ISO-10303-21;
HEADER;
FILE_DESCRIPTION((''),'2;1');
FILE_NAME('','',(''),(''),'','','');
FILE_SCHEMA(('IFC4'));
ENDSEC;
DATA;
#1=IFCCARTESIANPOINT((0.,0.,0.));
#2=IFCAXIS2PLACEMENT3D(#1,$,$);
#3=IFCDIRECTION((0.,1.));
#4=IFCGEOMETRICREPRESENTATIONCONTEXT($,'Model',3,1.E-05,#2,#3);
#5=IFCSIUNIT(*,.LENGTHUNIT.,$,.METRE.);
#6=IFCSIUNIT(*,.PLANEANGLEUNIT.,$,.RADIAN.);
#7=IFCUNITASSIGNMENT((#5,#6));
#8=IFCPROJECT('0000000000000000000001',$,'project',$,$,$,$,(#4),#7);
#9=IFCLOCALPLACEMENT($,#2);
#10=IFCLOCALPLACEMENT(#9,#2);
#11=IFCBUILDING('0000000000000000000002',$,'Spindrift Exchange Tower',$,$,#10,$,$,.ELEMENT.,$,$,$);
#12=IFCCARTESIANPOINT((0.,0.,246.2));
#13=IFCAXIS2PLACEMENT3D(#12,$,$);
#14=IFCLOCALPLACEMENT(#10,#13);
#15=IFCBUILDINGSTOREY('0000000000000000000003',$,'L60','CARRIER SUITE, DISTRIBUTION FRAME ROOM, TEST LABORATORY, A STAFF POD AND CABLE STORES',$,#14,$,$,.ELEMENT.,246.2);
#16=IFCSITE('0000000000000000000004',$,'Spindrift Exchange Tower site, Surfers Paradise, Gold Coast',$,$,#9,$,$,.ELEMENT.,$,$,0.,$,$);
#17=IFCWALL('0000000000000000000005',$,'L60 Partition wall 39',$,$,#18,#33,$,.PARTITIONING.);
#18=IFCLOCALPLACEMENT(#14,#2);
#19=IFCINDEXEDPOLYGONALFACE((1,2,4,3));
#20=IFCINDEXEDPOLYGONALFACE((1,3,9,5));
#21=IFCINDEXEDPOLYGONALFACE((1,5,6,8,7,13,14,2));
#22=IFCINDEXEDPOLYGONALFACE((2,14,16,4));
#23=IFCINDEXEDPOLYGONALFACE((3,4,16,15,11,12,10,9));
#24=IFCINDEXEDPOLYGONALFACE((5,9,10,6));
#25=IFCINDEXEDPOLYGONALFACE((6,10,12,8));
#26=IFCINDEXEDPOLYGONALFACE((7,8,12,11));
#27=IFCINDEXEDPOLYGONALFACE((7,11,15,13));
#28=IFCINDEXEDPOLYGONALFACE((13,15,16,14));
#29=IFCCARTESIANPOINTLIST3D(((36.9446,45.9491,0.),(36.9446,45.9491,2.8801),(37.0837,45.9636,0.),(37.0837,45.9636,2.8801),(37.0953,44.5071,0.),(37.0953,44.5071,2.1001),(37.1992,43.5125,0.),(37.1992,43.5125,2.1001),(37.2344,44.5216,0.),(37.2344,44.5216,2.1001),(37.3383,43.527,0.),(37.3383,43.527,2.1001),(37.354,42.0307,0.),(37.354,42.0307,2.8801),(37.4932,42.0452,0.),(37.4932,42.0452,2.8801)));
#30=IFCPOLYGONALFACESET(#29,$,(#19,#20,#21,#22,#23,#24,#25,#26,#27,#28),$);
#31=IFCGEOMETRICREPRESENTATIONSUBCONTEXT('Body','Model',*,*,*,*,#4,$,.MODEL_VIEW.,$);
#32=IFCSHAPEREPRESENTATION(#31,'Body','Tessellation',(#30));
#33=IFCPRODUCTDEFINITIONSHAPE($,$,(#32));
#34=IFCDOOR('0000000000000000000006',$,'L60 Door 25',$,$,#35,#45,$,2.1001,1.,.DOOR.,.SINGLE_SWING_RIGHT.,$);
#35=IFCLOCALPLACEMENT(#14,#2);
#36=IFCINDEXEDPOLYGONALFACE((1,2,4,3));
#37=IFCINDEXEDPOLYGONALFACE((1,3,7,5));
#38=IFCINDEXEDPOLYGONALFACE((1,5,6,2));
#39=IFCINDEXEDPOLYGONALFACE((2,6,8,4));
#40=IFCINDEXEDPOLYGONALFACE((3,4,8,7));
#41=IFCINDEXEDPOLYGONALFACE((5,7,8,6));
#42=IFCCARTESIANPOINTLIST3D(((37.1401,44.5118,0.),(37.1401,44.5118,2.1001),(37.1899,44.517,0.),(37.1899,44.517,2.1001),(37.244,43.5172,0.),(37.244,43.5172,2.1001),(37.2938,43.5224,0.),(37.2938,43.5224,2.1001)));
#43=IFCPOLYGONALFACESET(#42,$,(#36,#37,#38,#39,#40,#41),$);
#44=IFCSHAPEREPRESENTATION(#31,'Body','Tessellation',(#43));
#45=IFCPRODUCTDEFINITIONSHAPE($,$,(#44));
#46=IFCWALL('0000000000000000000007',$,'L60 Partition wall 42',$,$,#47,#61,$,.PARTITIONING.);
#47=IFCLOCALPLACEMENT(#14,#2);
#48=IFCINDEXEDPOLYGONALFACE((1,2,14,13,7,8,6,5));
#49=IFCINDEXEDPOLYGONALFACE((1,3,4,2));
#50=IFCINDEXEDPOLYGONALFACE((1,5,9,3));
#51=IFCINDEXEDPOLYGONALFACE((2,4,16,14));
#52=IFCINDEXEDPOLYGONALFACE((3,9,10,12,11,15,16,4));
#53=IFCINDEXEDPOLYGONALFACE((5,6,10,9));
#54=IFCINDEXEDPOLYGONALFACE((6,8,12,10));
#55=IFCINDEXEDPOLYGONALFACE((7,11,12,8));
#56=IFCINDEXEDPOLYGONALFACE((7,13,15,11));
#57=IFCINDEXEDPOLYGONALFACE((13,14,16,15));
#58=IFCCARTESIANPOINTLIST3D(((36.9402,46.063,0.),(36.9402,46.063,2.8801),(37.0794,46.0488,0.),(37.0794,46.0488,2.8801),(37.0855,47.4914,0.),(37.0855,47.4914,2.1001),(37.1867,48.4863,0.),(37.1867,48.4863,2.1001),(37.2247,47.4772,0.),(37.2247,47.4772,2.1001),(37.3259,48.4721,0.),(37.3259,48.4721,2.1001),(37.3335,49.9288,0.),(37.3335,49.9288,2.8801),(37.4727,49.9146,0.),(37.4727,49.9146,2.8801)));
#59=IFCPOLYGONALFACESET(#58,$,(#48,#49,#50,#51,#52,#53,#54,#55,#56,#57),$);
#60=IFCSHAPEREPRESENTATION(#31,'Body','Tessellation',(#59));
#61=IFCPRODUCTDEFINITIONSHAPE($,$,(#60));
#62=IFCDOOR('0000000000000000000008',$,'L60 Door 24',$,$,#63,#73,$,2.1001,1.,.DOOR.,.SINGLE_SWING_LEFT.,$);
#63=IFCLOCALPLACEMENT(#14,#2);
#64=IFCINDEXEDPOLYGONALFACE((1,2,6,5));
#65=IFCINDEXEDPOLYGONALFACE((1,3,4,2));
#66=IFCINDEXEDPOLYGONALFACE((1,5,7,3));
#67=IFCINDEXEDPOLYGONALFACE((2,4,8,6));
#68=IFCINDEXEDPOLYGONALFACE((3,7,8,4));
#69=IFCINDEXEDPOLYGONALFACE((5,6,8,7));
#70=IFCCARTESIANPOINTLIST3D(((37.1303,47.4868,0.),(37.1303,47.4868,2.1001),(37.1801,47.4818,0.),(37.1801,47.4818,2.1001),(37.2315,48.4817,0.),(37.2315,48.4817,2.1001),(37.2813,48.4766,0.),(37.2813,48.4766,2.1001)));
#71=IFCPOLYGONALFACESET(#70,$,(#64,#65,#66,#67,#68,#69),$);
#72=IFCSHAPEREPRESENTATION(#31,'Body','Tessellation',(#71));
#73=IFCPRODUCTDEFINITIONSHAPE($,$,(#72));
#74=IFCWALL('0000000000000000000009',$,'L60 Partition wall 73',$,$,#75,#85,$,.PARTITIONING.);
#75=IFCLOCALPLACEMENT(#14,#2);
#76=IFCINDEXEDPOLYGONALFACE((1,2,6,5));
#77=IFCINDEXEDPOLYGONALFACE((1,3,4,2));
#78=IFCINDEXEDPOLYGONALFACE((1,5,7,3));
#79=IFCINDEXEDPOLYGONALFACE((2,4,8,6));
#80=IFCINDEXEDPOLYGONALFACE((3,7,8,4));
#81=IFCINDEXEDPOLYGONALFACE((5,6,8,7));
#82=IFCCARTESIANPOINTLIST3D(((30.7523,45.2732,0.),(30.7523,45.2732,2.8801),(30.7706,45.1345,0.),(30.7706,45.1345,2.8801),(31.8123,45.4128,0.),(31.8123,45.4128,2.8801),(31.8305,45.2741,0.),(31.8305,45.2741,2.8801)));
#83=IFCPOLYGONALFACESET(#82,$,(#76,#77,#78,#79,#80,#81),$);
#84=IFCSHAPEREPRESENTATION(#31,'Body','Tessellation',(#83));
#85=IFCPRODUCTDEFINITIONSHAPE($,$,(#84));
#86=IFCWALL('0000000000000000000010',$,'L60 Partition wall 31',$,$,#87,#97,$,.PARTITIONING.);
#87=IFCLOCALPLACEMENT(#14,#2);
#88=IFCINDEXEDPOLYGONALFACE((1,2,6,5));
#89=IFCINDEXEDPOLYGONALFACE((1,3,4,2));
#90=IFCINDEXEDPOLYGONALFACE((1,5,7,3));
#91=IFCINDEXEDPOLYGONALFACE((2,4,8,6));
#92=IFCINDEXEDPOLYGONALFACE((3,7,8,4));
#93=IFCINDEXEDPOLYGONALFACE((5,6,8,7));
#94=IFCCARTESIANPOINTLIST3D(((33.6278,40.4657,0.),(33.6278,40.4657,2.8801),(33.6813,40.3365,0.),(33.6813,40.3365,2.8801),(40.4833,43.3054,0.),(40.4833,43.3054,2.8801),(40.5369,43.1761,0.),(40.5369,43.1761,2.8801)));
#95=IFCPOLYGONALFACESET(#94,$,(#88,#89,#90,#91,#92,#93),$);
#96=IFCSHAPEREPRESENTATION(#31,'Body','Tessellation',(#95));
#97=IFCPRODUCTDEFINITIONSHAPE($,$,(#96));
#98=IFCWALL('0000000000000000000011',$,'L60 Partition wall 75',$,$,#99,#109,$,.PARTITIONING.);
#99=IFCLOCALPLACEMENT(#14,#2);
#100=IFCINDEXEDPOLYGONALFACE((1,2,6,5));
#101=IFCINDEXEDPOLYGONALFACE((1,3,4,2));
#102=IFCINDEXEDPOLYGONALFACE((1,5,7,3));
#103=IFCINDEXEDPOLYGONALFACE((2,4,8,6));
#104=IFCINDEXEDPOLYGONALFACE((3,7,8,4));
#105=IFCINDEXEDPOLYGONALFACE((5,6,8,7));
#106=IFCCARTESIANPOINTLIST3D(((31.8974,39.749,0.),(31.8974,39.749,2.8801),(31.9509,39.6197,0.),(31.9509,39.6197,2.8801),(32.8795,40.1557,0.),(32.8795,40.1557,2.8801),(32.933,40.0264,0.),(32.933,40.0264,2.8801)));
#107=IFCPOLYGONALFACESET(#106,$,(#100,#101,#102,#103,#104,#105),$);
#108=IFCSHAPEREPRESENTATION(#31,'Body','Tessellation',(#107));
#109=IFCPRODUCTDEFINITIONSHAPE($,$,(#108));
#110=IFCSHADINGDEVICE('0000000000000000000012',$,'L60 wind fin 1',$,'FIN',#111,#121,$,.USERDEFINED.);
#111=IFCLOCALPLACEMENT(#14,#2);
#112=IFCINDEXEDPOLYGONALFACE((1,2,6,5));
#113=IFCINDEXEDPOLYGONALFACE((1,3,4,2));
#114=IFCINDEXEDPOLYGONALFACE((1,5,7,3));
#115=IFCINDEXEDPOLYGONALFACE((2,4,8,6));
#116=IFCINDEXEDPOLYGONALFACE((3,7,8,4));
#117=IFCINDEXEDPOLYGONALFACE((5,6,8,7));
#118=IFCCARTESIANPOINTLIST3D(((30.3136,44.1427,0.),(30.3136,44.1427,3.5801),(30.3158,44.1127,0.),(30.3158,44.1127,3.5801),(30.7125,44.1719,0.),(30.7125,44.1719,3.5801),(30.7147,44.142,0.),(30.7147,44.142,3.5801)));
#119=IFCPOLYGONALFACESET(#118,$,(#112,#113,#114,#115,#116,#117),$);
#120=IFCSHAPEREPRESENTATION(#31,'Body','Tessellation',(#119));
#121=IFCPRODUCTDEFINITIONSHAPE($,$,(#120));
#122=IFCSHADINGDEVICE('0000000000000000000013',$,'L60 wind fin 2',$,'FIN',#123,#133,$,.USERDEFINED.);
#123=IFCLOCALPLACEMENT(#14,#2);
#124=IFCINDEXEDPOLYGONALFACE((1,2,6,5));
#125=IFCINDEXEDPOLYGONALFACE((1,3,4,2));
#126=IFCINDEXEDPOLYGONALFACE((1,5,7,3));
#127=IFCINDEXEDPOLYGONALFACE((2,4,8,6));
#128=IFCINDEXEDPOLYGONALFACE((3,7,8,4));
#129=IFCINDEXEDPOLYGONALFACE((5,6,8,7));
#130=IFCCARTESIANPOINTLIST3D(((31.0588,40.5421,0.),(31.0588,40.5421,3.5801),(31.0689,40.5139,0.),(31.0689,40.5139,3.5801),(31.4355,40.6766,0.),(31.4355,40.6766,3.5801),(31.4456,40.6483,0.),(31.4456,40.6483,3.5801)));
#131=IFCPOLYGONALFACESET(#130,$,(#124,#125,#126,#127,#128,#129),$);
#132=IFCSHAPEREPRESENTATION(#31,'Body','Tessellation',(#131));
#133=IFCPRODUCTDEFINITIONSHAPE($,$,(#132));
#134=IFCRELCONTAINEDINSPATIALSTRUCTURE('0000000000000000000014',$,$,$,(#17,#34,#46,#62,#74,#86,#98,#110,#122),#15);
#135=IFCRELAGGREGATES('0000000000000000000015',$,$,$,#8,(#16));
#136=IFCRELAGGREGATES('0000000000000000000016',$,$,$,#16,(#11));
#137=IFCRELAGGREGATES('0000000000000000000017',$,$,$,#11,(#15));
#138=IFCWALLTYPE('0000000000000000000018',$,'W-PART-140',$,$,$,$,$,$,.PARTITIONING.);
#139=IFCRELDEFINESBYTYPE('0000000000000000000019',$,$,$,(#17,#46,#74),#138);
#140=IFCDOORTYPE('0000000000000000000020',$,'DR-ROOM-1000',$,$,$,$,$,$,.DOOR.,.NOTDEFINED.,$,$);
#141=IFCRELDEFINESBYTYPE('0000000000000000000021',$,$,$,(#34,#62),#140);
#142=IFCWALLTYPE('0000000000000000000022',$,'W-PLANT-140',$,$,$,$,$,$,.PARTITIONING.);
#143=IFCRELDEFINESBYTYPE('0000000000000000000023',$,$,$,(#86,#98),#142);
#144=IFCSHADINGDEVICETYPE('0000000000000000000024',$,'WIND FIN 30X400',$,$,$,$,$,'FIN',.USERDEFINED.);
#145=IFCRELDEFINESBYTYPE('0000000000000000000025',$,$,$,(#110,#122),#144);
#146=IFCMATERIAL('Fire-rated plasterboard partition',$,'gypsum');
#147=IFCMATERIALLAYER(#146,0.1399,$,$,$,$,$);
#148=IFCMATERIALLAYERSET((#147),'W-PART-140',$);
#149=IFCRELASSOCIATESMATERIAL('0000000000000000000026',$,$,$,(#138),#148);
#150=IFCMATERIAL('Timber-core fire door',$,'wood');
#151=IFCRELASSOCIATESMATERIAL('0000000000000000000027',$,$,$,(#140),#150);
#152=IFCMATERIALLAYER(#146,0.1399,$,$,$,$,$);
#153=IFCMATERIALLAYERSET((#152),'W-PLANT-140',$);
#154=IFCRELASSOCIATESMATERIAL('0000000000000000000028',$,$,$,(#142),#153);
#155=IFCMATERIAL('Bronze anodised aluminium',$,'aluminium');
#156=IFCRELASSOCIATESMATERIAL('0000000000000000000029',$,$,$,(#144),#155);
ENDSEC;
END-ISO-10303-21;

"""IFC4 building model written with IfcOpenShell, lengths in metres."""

from ifc_helpers import new_model, si_unit, direction, frame, frame_2d, origin, origin_2d, place, context, subcontext, project, spatial, rectangle, extrude, source, transform, mapped, material, layer, layer_set, material_profile, profile_set, type_object, element, fill, save


model = new_model("IFC4")

# Units and contexts
model_context = context("Model", 3, precision=1e-05, world=origin(), true_north=direction((0.0, 1.0)))
body_context = subcontext(model_context, "Body", "Model", "MODEL_VIEW")
ifc_project = project(units=[si_unit("LENGTHUNIT", "METRE"), si_unit("PLANEANGLEUNIT", "RADIAN")], contexts=[model_context])

# Site, building, storey
site_placement = place(None, origin())
site = spatial("IfcSite", under=ifc_project, at=site_placement, Name="Spindrift Exchange Tower site, Surfers Paradise, Gold Coast", CompositionType="ELEMENT", RefElevation=0.0)
building_placement = place(site_placement, origin())
building = spatial("IfcBuilding", under=site, at=building_placement, Name="Spindrift Exchange Tower", CompositionType="ELEMENT")
storey_placement = place(building_placement, frame((0.0, 0.0, 246.2)))
storey = spatial("IfcBuildingStorey", under=building, at=storey_placement, Name="L60", Description="CARRIER SUITE, DISTRIBUTION FRAME ROOM, TEST LABORATORY, A STAFF POD AND CABLE STORES", CompositionType="ELEMENT", Elevation=246.2)

# Shared definitions
ifc_material_1 = material(Name="Bronze anodised aluminium", Category="aluminium")

# Shared definitions
ifc_material_2 = material(Name="Fire-rated plasterboard partition", Category="gypsum")
ifc_layer_1 = layer(ifc_material_2, 0.1399)
ifc_layer_set_1 = layer_set([ifc_layer_1], Name="W-PART-140")
wall_type_1 = type_object("IfcWallType", Name="W-PART-140", PredefinedType="PARTITIONING", material=ifc_layer_set_1)

# Walls, openings, doors
wall_1_placement = place(storey_placement, frame((37.4236, 42.0381, 0.0), z_axis=(0.0, 0.0, 1.0), x_axis=(-0.10392, 0.994586, 0.0)))
wall_1 = element("IfcWall", 1, at=wall_1_placement, inside=storey, type_object=wall_type_1, Name="L60 Partition wall 39", PredefinedType="PARTITIONING", context=body_context, shape_type="SweptSolid", body=[
    extrude(rectangle(XDim=3.9397, YDim=0.1399, at=frame_2d((1.9697, 0.0))), origin(), (0.0, 0.0, 1.0), 2.8801),
])
opening_1_placement = place(wall_1_placement, frame((1.4897, 0.0, 0.0)))
opening_1 = element("IfcOpeningElement", 2, at=opening_1_placement, cuts=wall_1, PredefinedType="OPENING", context=body_context, shape_type="SweptSolid", body=[
    extrude(rectangle(XDim=1.0, YDim=2.1001, at=frame_2d((0.5, 1.05))), frame((0.0, 0.0798, 0.0), z_axis=(0.0, -1.0, 0.0), x_axis=(1.0, 0.0, 0.0)), (0.0, 0.0, 1.0), 0.1599),
])
ifc_material_3 = material(Name="Timber-core fire door", Category="wood")
door_type = type_object("IfcDoorType", Name="DR-ROOM-1000", OperationType="NOTDEFINED", PredefinedType="DOOR", material=ifc_material_3)
shared_shape_1 = source(origin(), body_context, "Body", "SweptSolid", [
    extrude(rectangle(XDim=1.0, YDim=2.1001, at=frame_2d((0.5, 1.05))), frame((0.0, 0.0249, 0.0), z_axis=(0.0, -1.0, 0.0), x_axis=(1.0, 0.0, 0.0)), (0.0, 0.0, 1.0), 0.05),
])
door_1_placement = place(opening_1_placement, origin())
door_1 = element("IfcDoor", 3, at=door_1_placement, inside=storey, type_object=door_type, Name="L60 Door 25", OperationType="SINGLE_SWING_RIGHT", OverallHeight=2.1001, OverallWidth=1.0, PredefinedType="DOOR", context=body_context, shape_type="MappedRepresentation", body=[
    mapped(shared_shape_1, transform((0.0, 0.0, 0.0), scale=1.0)),
])
fill(opening_1, door_1)
wall_2_placement = place(storey_placement, frame((37.0098, 46.0559, 0.0), z_axis=(0.0, 0.0, 1.0), x_axis=(0.101221, 0.994864, 0.0)))
wall_2 = element("IfcWall", 4, at=wall_2_placement, inside=storey, type_object=wall_type_1, Name="L60 Partition wall 42", PredefinedType="PARTITIONING", context=body_context, shape_type="SweptSolid", body=[
    extrude(rectangle(XDim=3.8857, YDim=0.1399, at=frame_2d((1.9429, 0.0))), origin(), (0.0, 0.0, 1.0), 2.8801),
])
opening_2_placement = place(wall_2_placement, frame((1.4358, 0.0, 0.0)))
opening_2 = element("IfcOpeningElement", 5, at=opening_2_placement, cuts=wall_2, PredefinedType="OPENING", context=body_context, shape_type="SweptSolid", body=[
    extrude(rectangle(XDim=1.0, YDim=2.1001, at=frame_2d((0.5, 1.05))), frame((0.0, 0.0798, 0.0), z_axis=(0.0, -1.0, 0.0), x_axis=(1.0, 0.0, 0.0)), (0.0, 0.0, 1.0), 0.1599),
])
door_2_placement = place(opening_2_placement, origin())
door_2 = element("IfcDoor", 6, at=door_2_placement, inside=storey, type_object=door_type, Name="L60 Door 24", OperationType="SINGLE_SWING_LEFT", OverallHeight=2.1001, OverallWidth=1.0, PredefinedType="DOOR", context=body_context, shape_type="MappedRepresentation", body=[
    mapped(shared_shape_1, transform((0.0, 0.0, 0.0), scale=1.0)),
])
fill(opening_2, door_2)

# Walls
wall_3_placement = place(storey_placement, frame((31.8215, 45.3435, 0.0), z_axis=(0.0, 0.0, 1.0), x_axis=(-0.99143, -0.130638, 0.0)))
element("IfcWall", 7, at=wall_3_placement, inside=storey, type_object=wall_type_1, Name="L60 Partition wall 73", PredefinedType="PARTITIONING", context=body_context, shape_type="SweptSolid", body=[
    extrude(rectangle(XDim=1.0691, YDim=0.1399, at=frame_2d((0.5347, 0.0))), origin(), (0.0, 0.0, 1.0), 2.8801),
])
ifc_layer_2 = layer(ifc_material_2, 0.1399)
ifc_layer_set_2 = layer_set([ifc_layer_2], Name="W-PLANT-140")
wall_type_2 = type_object("IfcWallType", Name="W-PLANT-140", PredefinedType="PARTITIONING", material=ifc_layer_set_2)
wall_4_placement = place(storey_placement, frame((33.6545, 40.4011, 0.0), z_axis=(0.0, 0.0, 1.0), x_axis=(0.923881, 0.38268, 0.0)))
element("IfcWall", 8, at=wall_4_placement, inside=storey, type_object=wall_type_2, Name="L60 Partition wall 31", PredefinedType="PARTITIONING", context=body_context, shape_type="SweptSolid", body=[
    extrude(rectangle(XDim=7.4204, YDim=0.1399, at=frame_2d((3.7102, 0.0))), origin(), (0.0, 0.0, 1.0), 2.8801),
])
wall_5_placement = place(storey_placement, frame((32.9062, 40.0911, 0.0), z_axis=(0.0, 0.0, 1.0), x_axis=(-0.92391, -0.382609, 0.0)))
element("IfcWall", 9, at=wall_5_placement, inside=storey, type_object=wall_type_2, Name="L60 Partition wall 75", PredefinedType="PARTITIONING", context=body_context, shape_type="SweptSolid", body=[
    extrude(rectangle(XDim=1.063, YDim=0.1399, at=frame_2d((0.5315, 0.0))), origin(), (0.0, 0.0, 1.0), 2.8801),
])

# Shading devices
ifc_material_profile_1 = material_profile(ifc_material_1, rectangle(XDim=0.03, YDim=0.3999, at=origin_2d()), Name="WIND FIN 30X400")
ifc_profile_set_1 = profile_set([ifc_material_profile_1], Name="Bronze anodised aluminium")
shading_device_type = type_object("IfcShadingDeviceType", Name="WIND FIN 30X400", ElementType="FIN", PredefinedType="USERDEFINED", material=ifc_profile_set_1)
shared_shape_2 = source(origin(), body_context, "Body", "SweptSolid", [
    extrude(rectangle(XDim=0.03, YDim=0.3999, at=origin_2d()), origin(), (0.0, 0.0, 1.0), 3.5801),
])
for number, where, z_axis, x_axis, name in (
    (10, (30.5142, 44.1423, 0.0), (0.0, 0.0, 1.0), (0.073214, -0.997316, 0.0), "L60 wind fin 1"),
    (11, (31.2522, 40.5952, 0.0), (0.0, 0.0, 1.0), (0.336132, -0.941815, 0.0), "L60 wind fin 2"),
):
    element("IfcShadingDevice", number, at=place(storey_placement, frame(where, z_axis=z_axis, x_axis=x_axis)), inside=storey, type_object=shading_device_type, Name=name, ObjectType="FIN", PredefinedType="USERDEFINED", context=body_context, shape_type="MappedRepresentation", body=[
        mapped(shared_shape_2, transform((0.0, 0.0, 0.0), scale=1.0)),
    ])

save(model, "model.ifc")
